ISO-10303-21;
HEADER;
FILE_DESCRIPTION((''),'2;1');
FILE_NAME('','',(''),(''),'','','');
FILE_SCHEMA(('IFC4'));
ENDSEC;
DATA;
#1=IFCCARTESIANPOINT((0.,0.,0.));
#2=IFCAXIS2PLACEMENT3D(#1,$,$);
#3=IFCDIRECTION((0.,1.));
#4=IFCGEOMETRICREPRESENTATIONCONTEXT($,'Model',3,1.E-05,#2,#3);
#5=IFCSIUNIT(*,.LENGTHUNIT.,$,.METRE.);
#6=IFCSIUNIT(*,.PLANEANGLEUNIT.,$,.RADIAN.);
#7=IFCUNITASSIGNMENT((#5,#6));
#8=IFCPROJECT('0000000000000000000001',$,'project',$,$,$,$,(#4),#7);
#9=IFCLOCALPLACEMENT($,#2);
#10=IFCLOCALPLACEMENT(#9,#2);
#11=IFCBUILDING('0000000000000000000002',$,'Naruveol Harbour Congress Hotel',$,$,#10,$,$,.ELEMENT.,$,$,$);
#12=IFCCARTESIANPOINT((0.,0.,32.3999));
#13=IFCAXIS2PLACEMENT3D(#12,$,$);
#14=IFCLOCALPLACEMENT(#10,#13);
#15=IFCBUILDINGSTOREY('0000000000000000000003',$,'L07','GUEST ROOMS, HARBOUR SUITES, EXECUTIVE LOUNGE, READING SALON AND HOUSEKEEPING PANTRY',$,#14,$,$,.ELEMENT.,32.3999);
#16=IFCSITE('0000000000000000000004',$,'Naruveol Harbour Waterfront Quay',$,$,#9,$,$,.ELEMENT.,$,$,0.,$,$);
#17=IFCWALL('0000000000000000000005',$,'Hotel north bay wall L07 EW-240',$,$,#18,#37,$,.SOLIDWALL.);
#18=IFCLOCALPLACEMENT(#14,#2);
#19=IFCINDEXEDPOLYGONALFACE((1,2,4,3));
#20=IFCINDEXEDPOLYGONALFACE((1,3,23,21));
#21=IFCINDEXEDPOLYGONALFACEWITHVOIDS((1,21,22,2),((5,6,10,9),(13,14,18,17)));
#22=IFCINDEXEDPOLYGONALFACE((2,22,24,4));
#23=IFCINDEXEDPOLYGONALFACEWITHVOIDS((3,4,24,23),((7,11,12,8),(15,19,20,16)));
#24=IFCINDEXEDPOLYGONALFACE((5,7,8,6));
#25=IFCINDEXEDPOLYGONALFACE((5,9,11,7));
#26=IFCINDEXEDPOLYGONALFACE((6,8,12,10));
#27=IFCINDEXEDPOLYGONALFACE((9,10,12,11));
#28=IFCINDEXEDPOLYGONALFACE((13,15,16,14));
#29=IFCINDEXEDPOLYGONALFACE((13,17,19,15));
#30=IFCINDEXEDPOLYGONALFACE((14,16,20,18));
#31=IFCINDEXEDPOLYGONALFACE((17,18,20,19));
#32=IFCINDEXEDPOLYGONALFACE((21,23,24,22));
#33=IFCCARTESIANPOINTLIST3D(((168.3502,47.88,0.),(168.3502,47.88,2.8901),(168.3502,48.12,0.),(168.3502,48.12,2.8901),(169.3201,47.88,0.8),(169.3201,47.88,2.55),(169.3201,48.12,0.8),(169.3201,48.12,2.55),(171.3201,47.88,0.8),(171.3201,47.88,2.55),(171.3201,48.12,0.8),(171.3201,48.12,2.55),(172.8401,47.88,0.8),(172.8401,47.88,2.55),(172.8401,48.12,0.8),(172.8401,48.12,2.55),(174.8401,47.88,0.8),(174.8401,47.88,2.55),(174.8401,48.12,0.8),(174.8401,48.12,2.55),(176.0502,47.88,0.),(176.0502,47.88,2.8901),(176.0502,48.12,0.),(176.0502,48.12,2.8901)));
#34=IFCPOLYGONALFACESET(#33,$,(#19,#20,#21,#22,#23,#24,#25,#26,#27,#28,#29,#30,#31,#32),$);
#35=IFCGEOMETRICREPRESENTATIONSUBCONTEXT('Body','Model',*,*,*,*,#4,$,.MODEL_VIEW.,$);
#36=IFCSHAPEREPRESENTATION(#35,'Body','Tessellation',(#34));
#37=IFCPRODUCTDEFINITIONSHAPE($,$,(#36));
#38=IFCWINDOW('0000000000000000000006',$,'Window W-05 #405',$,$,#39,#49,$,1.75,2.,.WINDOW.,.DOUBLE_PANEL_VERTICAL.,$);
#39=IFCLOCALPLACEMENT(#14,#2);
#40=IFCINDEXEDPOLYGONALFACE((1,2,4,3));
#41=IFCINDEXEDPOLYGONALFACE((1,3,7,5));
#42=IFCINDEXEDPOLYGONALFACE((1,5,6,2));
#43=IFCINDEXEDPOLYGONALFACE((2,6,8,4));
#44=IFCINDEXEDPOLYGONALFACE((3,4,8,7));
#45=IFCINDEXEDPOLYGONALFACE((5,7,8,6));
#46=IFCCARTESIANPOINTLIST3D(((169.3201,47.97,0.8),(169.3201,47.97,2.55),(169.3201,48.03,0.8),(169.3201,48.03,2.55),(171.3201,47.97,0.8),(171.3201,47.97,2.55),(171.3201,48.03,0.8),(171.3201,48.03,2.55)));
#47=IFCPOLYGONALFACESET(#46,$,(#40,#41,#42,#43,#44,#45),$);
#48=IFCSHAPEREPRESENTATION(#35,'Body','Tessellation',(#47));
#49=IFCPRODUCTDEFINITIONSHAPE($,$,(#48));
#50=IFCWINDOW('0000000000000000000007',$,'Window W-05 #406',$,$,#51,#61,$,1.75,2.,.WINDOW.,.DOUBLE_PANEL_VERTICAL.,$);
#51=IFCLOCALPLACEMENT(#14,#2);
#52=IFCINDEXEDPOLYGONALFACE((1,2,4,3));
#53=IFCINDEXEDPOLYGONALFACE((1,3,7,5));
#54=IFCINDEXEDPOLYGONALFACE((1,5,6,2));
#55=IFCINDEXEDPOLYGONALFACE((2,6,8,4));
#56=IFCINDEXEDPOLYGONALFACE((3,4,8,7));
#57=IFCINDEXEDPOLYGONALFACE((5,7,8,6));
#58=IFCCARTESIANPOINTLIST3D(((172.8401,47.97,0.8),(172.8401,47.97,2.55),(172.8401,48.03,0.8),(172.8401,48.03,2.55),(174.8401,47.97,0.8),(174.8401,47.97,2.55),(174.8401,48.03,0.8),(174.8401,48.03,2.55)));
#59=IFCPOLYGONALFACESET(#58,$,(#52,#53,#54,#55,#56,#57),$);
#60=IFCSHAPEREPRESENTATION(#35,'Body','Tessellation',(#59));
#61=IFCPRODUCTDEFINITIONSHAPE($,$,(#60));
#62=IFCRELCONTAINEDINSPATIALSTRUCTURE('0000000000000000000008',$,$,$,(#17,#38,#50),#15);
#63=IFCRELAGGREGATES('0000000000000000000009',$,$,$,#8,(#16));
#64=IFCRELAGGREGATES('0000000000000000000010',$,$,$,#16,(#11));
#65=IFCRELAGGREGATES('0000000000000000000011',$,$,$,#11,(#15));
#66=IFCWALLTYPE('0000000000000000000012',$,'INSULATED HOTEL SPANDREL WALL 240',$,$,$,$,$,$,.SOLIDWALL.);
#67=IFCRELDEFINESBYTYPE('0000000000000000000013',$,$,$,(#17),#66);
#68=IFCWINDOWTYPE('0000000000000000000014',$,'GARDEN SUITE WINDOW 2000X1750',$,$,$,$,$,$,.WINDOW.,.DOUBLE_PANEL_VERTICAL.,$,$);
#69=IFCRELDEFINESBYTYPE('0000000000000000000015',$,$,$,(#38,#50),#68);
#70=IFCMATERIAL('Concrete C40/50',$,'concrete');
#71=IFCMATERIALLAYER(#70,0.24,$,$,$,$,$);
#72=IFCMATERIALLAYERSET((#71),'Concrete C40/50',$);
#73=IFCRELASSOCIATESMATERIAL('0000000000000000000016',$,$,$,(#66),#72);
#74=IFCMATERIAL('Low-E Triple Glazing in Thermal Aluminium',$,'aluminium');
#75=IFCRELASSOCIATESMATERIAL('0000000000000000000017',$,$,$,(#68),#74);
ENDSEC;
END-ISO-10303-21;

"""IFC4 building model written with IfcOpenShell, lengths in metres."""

from ifc_helpers import new_model, si_unit, direction, frame, frame_2d, origin, place, context, subcontext, project, spatial, rectangle, extrude, material, layer, layer_set, type_object, element, fill, save


model = new_model("IFC4")

# Units and contexts
model_context = context("Model", 3, precision=1e-05, world=origin(), true_north=direction((0.0, 1.0)))
body_context = subcontext(model_context, "Body", "Model", "MODEL_VIEW")
ifc_project = project(units=[si_unit("LENGTHUNIT", "METRE"), si_unit("PLANEANGLEUNIT", "RADIAN")], contexts=[model_context])

# Site, building, storey
site_placement = place(None, origin())
site = spatial("IfcSite", under=ifc_project, at=site_placement, Name="Naruveol Harbour Waterfront Quay", CompositionType="ELEMENT", RefElevation=0.0)
building_placement = place(site_placement, origin())
building = spatial("IfcBuilding", under=site, at=building_placement, Name="Naruveol Harbour Congress Hotel", CompositionType="ELEMENT")
storey_placement = place(building_placement, frame((0.0, 0.0, 32.3999)))
storey = spatial("IfcBuildingStorey", under=building, at=storey_placement, Name="L07", Description="GUEST ROOMS, HARBOUR SUITES, EXECUTIVE LOUNGE, READING SALON AND HOUSEKEEPING PANTRY", CompositionType="ELEMENT", Elevation=32.3999)

# Wall, openings, windows
ifc_material_1 = material(Name="Concrete C40/50", Category="concrete")
ifc_layer_1 = layer(ifc_material_1, 0.24)
ifc_layer_set_1 = layer_set([ifc_layer_1], Name="Concrete C40/50")
wall_type_1 = type_object("IfcWallType", Name="INSULATED HOTEL SPANDREL WALL 240", PredefinedType="SOLIDWALL", material=ifc_layer_set_1)
wall_1_placement = place(storey_placement, frame((168.3501, 48.0, 0.0), z_axis=(0.0, 0.0, 1.0), x_axis=(1.0, 0.0, 0.0)))
wall_1 = element("IfcWall", 1, at=wall_1_placement, inside=storey, type_object=wall_type_1, Name="Hotel north bay wall L07 EW-240", PredefinedType="SOLIDWALL", context=body_context, shape_type="SweptSolid", body=[
    extrude(rectangle(XDim=7.7, YDim=0.24, at=frame_2d((3.8501, 0.0))), origin(), (0.0, 0.0, 1.0), 2.8901),
])
opening_1_placement = place(wall_1_placement, frame((0.97, 0.0, 0.8)))
opening_1 = element("IfcOpeningElement", 2, at=opening_1_placement, cuts=wall_1, PredefinedType="OPENING", context=body_context, shape_type="SweptSolid", body=[
    extrude(rectangle(XDim=2.0, YDim=1.75, at=frame_2d((1.0, 0.875))), frame((0.0, 0.1299, 0.0), z_axis=(0.0, -1.0, 0.0), x_axis=(1.0, 0.0, 0.0)), (0.0, 0.0, 1.0), 0.26),
])
opening_2_placement = place(wall_1_placement, frame((4.49, 0.0, 0.8)))
opening_2 = element("IfcOpeningElement", 3, at=opening_2_placement, cuts=wall_1, PredefinedType="OPENING", context=body_context, shape_type="SweptSolid", body=[
    extrude(rectangle(XDim=2.0, YDim=1.75, at=frame_2d((1.0, 0.875))), frame((0.0, 0.1299, 0.0), z_axis=(0.0, -1.0, 0.0), x_axis=(1.0, 0.0, 0.0)), (0.0, 0.0, 1.0), 0.26),
])
ifc_material_2 = material(Name="Low-E Triple Glazing in Thermal Aluminium", Category="aluminium")
window_type = type_object("IfcWindowType", Name="GARDEN SUITE WINDOW 2000X1750", PartitioningType="DOUBLE_PANEL_VERTICAL", PredefinedType="WINDOW", material=ifc_material_2)
window_1_placement = place(opening_1_placement, origin())
window_1 = element("IfcWindow", 4, at=window_1_placement, inside=storey, type_object=window_type, Name="Window W-05 #405", OverallHeight=1.75, OverallWidth=2.0, PartitioningType="DOUBLE_PANEL_VERTICAL", PredefinedType="WINDOW", context=body_context, shape_type="SweptSolid", body=[
    extrude(rectangle(XDim=2.0, YDim=1.75, at=frame_2d((1.0, 0.875))), frame((0.0, 0.03, 0.0), z_axis=(0.0, -1.0, 0.0), x_axis=(1.0, 0.0, 0.0)), (0.0, 0.0, 1.0), 0.0601),
])
fill(opening_1, window_1)
window_2_placement = place(opening_2_placement, origin())
window_2 = element("IfcWindow", 5, at=window_2_placement, inside=storey, type_object=window_type, Name="Window W-05 #406", OverallHeight=1.75, OverallWidth=2.0, PartitioningType="DOUBLE_PANEL_VERTICAL", PredefinedType="WINDOW", context=body_context, shape_type="SweptSolid", body=[
    extrude(rectangle(XDim=2.0, YDim=1.75, at=frame_2d((1.0, 0.875))), frame((0.0, 0.03, 0.0), z_axis=(0.0, -1.0, 0.0), x_axis=(1.0, 0.0, 0.0)), (0.0, 0.0, 1.0), 0.0601),
])
fill(opening_2, window_2)

save(model, "model.ifc")
